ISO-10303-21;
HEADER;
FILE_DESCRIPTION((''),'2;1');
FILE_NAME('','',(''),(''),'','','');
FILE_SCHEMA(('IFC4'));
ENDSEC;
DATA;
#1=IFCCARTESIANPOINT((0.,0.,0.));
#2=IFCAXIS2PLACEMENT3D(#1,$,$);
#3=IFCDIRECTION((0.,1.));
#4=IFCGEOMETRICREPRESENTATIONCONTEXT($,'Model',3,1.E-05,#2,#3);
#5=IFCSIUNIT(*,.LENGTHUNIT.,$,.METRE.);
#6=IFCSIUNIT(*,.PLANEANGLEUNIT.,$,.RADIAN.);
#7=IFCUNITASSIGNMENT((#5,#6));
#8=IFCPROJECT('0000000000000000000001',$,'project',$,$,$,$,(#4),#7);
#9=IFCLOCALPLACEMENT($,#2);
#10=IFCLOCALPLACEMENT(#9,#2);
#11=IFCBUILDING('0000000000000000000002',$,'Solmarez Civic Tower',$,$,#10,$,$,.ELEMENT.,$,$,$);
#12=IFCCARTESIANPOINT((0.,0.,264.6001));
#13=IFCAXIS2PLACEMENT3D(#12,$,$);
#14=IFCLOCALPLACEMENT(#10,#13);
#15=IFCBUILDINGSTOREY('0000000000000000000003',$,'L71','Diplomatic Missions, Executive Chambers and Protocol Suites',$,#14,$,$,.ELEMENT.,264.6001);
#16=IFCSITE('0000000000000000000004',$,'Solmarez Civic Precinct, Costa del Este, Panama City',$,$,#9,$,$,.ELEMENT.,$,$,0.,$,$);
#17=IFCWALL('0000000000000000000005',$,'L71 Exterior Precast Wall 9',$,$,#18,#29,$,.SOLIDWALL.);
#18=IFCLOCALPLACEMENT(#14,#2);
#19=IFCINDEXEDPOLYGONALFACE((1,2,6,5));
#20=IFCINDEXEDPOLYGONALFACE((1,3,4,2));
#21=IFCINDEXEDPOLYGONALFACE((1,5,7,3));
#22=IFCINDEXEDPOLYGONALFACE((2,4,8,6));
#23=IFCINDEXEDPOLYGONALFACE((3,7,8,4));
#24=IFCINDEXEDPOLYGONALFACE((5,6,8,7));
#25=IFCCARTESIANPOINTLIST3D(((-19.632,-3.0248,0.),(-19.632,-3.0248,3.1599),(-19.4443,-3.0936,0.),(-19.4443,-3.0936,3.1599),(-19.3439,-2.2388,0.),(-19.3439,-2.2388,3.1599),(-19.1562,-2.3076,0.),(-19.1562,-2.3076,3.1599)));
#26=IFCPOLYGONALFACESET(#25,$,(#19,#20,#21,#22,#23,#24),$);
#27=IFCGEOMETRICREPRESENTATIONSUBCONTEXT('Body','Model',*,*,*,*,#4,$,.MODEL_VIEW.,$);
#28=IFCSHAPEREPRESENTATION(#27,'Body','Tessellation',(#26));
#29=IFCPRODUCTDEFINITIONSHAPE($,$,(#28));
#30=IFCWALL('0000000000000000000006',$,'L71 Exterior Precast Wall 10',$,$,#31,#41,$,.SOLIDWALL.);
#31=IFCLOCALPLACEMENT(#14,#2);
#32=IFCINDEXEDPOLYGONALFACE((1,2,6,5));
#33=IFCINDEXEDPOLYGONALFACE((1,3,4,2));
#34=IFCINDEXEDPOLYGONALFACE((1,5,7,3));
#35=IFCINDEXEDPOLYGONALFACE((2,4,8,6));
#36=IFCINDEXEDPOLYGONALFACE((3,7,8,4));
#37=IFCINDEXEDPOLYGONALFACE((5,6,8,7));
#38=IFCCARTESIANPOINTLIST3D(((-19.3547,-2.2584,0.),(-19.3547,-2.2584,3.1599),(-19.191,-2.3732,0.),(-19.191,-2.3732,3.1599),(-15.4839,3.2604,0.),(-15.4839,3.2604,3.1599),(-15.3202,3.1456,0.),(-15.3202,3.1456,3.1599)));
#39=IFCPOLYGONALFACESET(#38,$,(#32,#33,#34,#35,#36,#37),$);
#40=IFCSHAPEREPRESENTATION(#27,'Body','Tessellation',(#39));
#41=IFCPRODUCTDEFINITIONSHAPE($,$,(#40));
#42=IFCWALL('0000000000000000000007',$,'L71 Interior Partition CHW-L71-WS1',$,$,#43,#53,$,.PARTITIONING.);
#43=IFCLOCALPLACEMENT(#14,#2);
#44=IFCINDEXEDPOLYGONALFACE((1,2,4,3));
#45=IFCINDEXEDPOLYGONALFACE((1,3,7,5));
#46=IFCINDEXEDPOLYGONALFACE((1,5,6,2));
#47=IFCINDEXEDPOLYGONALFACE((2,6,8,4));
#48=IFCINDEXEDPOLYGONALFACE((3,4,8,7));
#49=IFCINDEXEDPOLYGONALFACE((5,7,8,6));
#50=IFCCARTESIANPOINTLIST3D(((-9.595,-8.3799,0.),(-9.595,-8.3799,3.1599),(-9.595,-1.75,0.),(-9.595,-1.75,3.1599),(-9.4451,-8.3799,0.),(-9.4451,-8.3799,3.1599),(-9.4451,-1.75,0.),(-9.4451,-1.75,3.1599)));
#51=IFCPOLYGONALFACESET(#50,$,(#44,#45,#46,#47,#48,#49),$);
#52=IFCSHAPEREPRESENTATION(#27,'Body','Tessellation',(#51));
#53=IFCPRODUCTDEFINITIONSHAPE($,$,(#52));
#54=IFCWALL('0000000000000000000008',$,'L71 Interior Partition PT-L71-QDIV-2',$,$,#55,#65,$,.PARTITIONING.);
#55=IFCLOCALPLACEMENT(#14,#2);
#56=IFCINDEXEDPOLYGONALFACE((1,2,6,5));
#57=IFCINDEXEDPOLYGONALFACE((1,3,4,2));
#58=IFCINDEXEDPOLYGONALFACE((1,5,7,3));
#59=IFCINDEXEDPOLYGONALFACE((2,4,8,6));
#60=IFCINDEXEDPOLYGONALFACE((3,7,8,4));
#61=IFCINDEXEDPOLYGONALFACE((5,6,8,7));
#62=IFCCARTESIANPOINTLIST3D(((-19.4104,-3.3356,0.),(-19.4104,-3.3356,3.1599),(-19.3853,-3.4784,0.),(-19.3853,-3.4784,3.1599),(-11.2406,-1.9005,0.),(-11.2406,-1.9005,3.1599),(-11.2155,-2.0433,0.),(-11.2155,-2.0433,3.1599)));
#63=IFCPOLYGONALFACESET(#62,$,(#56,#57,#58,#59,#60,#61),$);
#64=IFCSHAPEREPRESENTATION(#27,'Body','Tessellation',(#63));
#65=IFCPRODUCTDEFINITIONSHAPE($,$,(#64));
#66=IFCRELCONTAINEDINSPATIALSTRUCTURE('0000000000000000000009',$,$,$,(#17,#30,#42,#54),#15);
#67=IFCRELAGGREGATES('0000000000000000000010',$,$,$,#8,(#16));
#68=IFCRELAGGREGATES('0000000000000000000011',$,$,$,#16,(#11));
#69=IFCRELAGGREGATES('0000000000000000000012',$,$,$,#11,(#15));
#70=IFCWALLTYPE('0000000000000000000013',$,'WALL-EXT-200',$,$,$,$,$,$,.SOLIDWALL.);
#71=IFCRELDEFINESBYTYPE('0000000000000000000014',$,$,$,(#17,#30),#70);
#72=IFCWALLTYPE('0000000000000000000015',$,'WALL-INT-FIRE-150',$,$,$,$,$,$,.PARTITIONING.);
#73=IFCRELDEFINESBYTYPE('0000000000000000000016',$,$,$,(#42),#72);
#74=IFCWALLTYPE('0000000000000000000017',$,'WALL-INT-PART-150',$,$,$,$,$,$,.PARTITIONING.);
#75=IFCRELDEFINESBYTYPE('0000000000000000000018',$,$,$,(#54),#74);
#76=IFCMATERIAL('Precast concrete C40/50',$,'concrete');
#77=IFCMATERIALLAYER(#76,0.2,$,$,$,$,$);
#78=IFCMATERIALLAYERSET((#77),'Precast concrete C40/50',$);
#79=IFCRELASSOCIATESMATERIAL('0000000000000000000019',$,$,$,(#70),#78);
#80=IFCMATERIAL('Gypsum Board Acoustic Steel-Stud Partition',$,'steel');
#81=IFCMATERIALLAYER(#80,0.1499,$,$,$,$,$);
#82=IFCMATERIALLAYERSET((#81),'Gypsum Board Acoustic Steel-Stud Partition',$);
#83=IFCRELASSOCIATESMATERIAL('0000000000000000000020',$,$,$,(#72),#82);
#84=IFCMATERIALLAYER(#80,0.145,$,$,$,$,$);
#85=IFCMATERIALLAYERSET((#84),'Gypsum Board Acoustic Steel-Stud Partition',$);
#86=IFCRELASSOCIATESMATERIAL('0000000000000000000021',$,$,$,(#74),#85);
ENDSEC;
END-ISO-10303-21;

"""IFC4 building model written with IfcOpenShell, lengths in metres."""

from ifc_helpers import new_model, si_unit, direction, frame, frame_2d, origin, place, context, subcontext, project, spatial, rectangle, extrude, material, layer, layer_set, type_object, element, save


model = new_model("IFC4")

# Units and contexts
model_context = context("Model", 3, precision=1e-05, world=origin(), true_north=direction((0.0, 1.0)))
body_context = subcontext(model_context, "Body", "Model", "MODEL_VIEW")
ifc_project = project(units=[si_unit("LENGTHUNIT", "METRE"), si_unit("PLANEANGLEUNIT", "RADIAN")], contexts=[model_context])

# Site, building, storey
site_placement = place(None, origin())
site = spatial("IfcSite", under=ifc_project, at=site_placement, Name="Solmarez Civic Precinct, Costa del Este, Panama City", CompositionType="ELEMENT", RefElevation=0.0)
building_placement = place(site_placement, origin())
building = spatial("IfcBuilding", under=site, at=building_placement, Name="Solmarez Civic Tower", CompositionType="ELEMENT")
storey_placement = place(building_placement, frame((0.0, 0.0, 264.6001)))
storey = spatial("IfcBuildingStorey", under=building, at=storey_placement, Name="L71", Description="Diplomatic Missions, Executive Chambers and Protocol Suites", CompositionType="ELEMENT", Elevation=264.6001)

# Walls
ifc_material_1 = material(Name="Precast concrete C40/50", Category="concrete")
ifc_layer_1 = layer(ifc_material_1, 0.2)
ifc_layer_set_1 = layer_set([ifc_layer_1], Name="Precast concrete C40/50")
wall_type_1 = type_object("IfcWallType", Name="WALL-EXT-200", PredefinedType="SOLIDWALL", material=ifc_layer_set_1)
wall_1_placement = place(storey_placement, frame((-19.5381, -3.0591, 0.0), z_axis=(0.0, 0.0, 1.0), x_axis=(0.344083, 0.938939, 0.0)))
element("IfcWall", 1, at=wall_1_placement, inside=storey, type_object=wall_type_1, Name="L71 Exterior Precast Wall 9", PredefinedType="SOLIDWALL", context=body_context, shape_type="SweptSolid", body=[
    extrude(rectangle(XDim=0.8372, YDim=0.2, at=frame_2d((0.4185, 0.0))), origin(), (0.0, 0.0, 1.0), 3.1599),
])
wall_2_placement = place(storey_placement, frame((-19.2729, -2.3159, 0.0), z_axis=(0.0, 0.0, 1.0), x_axis=(0.574228, 0.818696, 0.0)))
element("IfcWall", 2, at=wall_2_placement, inside=storey, type_object=wall_type_1, Name="L71 Exterior Precast Wall 10", PredefinedType="SOLIDWALL", context=body_context, shape_type="SweptSolid", body=[
    extrude(rectangle(XDim=6.741, YDim=0.2, at=frame_2d((3.3706, 0.0))), origin(), (0.0, 0.0, 1.0), 3.1599),
])
ifc_material_2 = material(Name="Gypsum Board Acoustic Steel-Stud Partition", Category="steel")
ifc_layer_2 = layer(ifc_material_2, 0.1499)
ifc_layer_set_2 = layer_set([ifc_layer_2], Name="Gypsum Board Acoustic Steel-Stud Partition")
wall_type_2 = type_object("IfcWallType", Name="WALL-INT-FIRE-150", PredefinedType="PARTITIONING", material=ifc_layer_set_2)
wall_3_placement = place(storey_placement, frame((-9.52, -8.3799, 0.0), z_axis=(0.0, 0.0, 1.0), x_axis=(0.0, 1.0, 0.0)))
element("IfcWall", 3, at=wall_3_placement, inside=storey, type_object=wall_type_2, Name="L71 Interior Partition CHW-L71-WS1", PredefinedType="PARTITIONING", context=body_context, shape_type="SweptSolid", body=[
    extrude(rectangle(XDim=6.6299, YDim=0.1499, at=frame_2d((3.3149, 0.0))), origin(), (0.0, 0.0, 1.0), 3.1599),
])
ifc_layer_3 = layer(ifc_material_2, 0.145)
ifc_layer_set_3 = layer_set([ifc_layer_3], Name="Gypsum Board Acoustic Steel-Stud Partition")
wall_type_3 = type_object("IfcWallType", Name="WALL-INT-PART-150", PredefinedType="PARTITIONING", material=ifc_layer_set_3)
wall_4_placement = place(storey_placement, frame((-11.228, -1.9719, 0.0), z_axis=(0.0, 0.0, 1.0), x_axis=(-0.984921, -0.173003, 0.0)))
element("IfcWall", 4, at=wall_4_placement, inside=storey, type_object=wall_type_3, Name="L71 Interior Partition PT-L71-QDIV-2", PredefinedType="PARTITIONING", context=body_context, shape_type="SweptSolid", body=[
    extrude(rectangle(XDim=8.2949, YDim=0.145, at=frame_2d((4.1475, 0.0))), origin(), (0.0, 0.0, 1.0), 3.1599),
])

save(model, "model.ifc")
